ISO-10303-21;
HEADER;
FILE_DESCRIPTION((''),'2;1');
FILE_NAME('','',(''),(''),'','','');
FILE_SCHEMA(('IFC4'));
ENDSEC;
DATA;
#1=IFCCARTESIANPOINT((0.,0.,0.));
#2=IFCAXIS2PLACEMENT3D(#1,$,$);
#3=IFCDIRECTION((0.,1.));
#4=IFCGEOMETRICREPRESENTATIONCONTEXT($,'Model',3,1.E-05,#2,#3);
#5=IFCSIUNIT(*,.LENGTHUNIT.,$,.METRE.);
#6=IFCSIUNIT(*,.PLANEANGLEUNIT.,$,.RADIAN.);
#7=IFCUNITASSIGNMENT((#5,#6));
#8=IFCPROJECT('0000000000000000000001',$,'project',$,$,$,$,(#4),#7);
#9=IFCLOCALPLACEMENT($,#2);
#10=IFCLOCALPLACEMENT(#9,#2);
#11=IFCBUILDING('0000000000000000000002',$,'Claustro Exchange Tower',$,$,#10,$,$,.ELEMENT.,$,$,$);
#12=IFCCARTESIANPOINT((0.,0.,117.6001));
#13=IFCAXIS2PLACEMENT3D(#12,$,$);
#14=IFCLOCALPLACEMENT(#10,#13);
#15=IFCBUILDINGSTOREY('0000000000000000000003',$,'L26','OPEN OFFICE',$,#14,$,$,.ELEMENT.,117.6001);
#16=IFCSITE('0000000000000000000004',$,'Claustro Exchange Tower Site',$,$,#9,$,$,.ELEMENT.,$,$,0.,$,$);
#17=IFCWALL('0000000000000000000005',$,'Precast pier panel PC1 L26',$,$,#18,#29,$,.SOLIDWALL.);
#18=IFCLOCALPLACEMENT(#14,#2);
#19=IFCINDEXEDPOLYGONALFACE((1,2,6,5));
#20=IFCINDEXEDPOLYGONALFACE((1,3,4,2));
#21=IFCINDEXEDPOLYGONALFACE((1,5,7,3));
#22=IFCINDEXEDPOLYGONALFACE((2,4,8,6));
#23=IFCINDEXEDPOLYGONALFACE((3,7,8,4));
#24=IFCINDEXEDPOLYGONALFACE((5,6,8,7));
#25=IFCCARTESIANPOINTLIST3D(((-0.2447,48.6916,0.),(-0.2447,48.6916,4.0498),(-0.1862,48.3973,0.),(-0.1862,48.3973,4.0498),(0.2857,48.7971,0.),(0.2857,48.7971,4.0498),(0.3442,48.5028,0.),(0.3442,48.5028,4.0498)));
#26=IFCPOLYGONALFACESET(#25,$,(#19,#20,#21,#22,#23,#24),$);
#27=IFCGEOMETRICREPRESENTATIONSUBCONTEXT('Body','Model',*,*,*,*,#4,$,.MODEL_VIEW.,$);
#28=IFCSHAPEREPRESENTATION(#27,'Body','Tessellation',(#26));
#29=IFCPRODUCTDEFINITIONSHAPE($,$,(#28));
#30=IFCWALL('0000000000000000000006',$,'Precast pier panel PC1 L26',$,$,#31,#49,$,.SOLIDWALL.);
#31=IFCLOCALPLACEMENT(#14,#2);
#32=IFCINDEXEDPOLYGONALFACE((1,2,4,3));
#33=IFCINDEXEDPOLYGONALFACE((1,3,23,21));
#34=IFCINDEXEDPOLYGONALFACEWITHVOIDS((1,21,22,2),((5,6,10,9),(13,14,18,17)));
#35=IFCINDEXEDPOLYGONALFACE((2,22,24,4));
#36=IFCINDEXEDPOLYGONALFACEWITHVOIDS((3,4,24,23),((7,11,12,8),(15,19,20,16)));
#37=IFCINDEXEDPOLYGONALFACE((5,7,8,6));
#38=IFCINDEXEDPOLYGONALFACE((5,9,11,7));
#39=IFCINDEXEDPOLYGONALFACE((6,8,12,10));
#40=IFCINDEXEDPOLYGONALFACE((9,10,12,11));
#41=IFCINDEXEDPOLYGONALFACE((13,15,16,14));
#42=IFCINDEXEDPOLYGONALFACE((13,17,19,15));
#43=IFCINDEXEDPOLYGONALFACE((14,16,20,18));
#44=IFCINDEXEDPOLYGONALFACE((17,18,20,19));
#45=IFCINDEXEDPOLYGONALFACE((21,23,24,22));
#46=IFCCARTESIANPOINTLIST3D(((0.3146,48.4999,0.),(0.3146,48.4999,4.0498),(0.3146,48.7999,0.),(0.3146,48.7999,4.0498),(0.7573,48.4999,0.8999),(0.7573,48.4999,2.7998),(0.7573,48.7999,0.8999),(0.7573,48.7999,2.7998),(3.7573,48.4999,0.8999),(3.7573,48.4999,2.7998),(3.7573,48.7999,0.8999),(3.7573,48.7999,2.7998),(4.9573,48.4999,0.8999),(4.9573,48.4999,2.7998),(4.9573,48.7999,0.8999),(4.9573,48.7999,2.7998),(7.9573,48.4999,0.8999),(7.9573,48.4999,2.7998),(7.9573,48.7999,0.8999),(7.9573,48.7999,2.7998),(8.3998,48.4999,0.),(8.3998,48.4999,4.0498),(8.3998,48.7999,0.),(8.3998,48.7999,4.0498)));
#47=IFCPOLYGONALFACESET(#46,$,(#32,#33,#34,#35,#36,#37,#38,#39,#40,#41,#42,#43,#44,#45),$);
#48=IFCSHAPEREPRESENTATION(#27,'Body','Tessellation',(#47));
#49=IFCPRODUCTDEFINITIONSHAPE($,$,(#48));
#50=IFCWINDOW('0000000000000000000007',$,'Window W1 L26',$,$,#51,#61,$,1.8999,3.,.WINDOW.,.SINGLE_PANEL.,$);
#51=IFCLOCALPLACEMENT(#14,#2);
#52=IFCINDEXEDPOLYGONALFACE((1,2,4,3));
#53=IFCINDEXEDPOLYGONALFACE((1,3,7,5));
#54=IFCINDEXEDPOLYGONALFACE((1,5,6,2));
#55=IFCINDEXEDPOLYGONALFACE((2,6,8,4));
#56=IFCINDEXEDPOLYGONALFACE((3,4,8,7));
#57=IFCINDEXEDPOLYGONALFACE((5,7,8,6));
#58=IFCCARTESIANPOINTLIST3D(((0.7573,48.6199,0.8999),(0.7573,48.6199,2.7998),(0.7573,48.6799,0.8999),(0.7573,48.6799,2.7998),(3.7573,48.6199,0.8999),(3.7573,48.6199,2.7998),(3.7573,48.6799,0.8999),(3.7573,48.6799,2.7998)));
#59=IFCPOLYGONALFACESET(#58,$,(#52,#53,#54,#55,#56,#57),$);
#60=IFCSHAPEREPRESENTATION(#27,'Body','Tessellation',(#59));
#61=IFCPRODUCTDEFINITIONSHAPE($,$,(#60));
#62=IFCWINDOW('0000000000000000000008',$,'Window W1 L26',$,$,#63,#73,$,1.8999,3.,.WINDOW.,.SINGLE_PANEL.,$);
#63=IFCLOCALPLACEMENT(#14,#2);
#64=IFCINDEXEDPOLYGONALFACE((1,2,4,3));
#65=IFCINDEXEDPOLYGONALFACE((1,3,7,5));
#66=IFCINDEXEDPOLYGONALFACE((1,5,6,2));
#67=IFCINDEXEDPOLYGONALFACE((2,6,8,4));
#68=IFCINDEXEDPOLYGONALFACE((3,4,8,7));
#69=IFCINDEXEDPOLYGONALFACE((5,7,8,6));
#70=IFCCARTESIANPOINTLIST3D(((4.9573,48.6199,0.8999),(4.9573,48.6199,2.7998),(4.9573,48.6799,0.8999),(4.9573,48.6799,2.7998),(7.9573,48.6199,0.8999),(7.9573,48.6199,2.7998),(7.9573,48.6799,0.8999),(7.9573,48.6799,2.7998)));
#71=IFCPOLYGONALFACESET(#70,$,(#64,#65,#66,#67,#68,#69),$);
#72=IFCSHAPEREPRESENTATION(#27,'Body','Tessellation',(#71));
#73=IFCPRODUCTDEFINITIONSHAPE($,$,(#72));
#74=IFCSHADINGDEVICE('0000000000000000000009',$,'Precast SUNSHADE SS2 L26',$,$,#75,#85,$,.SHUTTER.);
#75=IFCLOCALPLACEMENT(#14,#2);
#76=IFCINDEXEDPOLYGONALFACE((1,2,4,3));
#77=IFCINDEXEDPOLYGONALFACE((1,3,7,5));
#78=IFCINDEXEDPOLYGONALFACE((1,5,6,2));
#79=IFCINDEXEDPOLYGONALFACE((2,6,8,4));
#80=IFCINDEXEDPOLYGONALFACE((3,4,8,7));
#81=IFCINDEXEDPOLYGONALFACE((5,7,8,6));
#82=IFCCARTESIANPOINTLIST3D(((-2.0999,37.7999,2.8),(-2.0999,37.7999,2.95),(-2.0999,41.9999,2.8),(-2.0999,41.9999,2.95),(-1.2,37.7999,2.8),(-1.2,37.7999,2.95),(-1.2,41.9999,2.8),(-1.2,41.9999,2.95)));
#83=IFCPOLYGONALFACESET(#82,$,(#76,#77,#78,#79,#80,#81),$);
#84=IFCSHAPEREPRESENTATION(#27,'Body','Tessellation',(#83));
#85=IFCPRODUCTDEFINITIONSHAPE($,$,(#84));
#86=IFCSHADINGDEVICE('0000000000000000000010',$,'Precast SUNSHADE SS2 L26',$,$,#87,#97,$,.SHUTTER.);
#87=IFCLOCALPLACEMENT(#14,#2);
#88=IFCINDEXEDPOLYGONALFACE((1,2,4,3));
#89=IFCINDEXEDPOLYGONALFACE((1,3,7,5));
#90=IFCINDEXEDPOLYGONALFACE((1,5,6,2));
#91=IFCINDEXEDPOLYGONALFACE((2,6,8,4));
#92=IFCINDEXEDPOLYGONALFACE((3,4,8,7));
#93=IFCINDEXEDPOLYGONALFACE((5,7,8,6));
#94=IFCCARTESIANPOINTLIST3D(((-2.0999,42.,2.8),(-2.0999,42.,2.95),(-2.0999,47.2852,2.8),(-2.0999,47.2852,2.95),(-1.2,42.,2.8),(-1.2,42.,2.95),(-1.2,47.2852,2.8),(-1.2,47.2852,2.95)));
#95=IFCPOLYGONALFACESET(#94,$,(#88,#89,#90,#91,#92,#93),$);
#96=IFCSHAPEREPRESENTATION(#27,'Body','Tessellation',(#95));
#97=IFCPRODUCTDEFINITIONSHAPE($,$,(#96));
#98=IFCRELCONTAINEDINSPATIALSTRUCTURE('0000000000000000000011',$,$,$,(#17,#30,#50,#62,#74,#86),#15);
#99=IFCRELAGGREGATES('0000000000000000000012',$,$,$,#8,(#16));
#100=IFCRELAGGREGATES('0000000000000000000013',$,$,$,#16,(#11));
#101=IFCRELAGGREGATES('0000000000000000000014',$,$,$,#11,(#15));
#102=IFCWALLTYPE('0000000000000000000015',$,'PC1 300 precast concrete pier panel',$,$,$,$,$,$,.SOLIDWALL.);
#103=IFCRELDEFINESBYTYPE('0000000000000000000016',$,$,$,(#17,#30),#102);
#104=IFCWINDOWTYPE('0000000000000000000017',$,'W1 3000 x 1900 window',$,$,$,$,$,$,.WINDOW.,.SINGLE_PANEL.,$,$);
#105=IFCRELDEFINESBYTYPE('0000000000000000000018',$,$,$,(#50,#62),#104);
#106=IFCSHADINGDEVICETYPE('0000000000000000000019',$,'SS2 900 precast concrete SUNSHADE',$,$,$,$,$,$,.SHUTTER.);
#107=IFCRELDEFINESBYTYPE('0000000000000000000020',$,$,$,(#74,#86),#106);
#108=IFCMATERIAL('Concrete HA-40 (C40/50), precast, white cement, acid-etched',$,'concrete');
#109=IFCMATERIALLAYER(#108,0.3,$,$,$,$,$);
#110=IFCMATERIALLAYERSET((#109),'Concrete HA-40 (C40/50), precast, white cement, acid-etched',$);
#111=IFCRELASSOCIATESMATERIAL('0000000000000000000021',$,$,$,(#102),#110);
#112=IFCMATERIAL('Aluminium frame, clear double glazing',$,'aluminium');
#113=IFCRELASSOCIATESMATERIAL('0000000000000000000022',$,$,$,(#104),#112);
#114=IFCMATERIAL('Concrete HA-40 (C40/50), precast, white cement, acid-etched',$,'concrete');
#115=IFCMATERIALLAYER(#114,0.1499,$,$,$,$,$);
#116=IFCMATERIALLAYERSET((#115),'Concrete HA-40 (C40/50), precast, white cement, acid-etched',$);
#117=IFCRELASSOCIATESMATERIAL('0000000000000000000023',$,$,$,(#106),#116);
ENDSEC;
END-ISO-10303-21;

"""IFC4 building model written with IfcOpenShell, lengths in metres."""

from ifc_helpers import new_model, si_unit, direction, frame, frame_2d, origin, origin_2d, place, context, subcontext, project, spatial, rectangle, extrude, material, layer, layer_set, type_object, element, fill, save


model = new_model("IFC4")

# Units and contexts
model_context = context("Model", 3, precision=1e-05, world=origin(), true_north=direction((0.0, 1.0)))
body_context = subcontext(model_context, "Body", "Model", "MODEL_VIEW")
ifc_project = project(units=[si_unit("LENGTHUNIT", "METRE"), si_unit("PLANEANGLEUNIT", "RADIAN")], contexts=[model_context])

# Site, building, storey
site_placement = place(None, origin())
site = spatial("IfcSite", under=ifc_project, at=site_placement, Name="Claustro Exchange Tower Site", CompositionType="ELEMENT", RefElevation=0.0)
building_placement = place(site_placement, origin())
building = spatial("IfcBuilding", under=site, at=building_placement, Name="Claustro Exchange Tower", CompositionType="ELEMENT")
storey_placement = place(building_placement, frame((0.0, 0.0, 117.6001)))
storey = spatial("IfcBuildingStorey", under=building, at=storey_placement, Name="L26", Description="OPEN OFFICE", CompositionType="ELEMENT", Elevation=117.6001)

# Shared definitions
ifc_material_1 = material(Name="Concrete HA-40 (C40/50), precast, white cement, acid-etched", Category="concrete")
ifc_layer_1 = layer(ifc_material_1, 0.3)
ifc_layer_set_1 = layer_set([ifc_layer_1], Name="Concrete HA-40 (C40/50), precast, white cement, acid-etched")
wall_type_1 = type_object("IfcWallType", Name="PC1 300 precast concrete pier panel", PredefinedType="SOLIDWALL", material=ifc_layer_set_1)

# Wall
wall_1_placement = place(storey_placement, frame((-0.2156, 48.5444, 0.0), z_axis=(0.0, 0.0, 1.0), x_axis=(0.980789, 0.195074, 0.0)))
element("IfcWall", 1, at=wall_1_placement, inside=storey, type_object=wall_type_1, Name="Precast pier panel PC1 L26", PredefinedType="SOLIDWALL", context=body_context, shape_type="SweptSolid", body=[
    extrude(rectangle(XDim=0.5408, YDim=0.3, at=frame_2d((0.2705, 0.0))), origin(), (0.0, 0.0, 1.0), 4.0498),
])

# Wall, openings, windows
wall_2_placement = place(storey_placement, frame((0.3147, 48.6499, 0.0), z_axis=(0.0, 0.0, 1.0), x_axis=(1.0, 0.0, 0.0)))
wall_2 = element("IfcWall", 2, at=wall_2_placement, inside=storey, type_object=wall_type_1, Name="Precast pier panel PC1 L26", PredefinedType="SOLIDWALL", context=body_context, shape_type="SweptSolid", body=[
    extrude(rectangle(XDim=8.0852, YDim=0.3, at=frame_2d((4.0425, 0.0))), origin(), (0.0, 0.0, 1.0), 4.0498),
])
opening_1_placement = place(wall_2_placement, frame((0.4426, 0.0, 0.8999)))
opening_1 = element("IfcOpeningElement", 3, at=opening_1_placement, cuts=wall_2, PredefinedType="OPENING", context=body_context, shape_type="SweptSolid", body=[
    extrude(rectangle(XDim=3.0, YDim=1.8999, at=frame_2d((1.5, 0.95))), frame((0.0, 0.1599, 0.0), z_axis=(0.0, -1.0, 0.0), x_axis=(1.0, 0.0, 0.0)), (0.0, 0.0, 1.0), 0.3201),
])
opening_2_placement = place(wall_2_placement, frame((4.6426, 0.0, 0.8999)))
opening_2 = element("IfcOpeningElement", 4, at=opening_2_placement, cuts=wall_2, PredefinedType="OPENING", context=body_context, shape_type="SweptSolid", body=[
    extrude(rectangle(XDim=3.0, YDim=1.8999, at=frame_2d((1.5, 0.95))), frame((0.0, 0.1599, 0.0), z_axis=(0.0, -1.0, 0.0), x_axis=(1.0, 0.0, 0.0)), (0.0, 0.0, 1.0), 0.3201),
])
ifc_material_2 = material(Name="Aluminium frame, clear double glazing", Category="aluminium")
window_type_1 = type_object("IfcWindowType", Name="W1 3000 x 1900 window", PartitioningType="SINGLE_PANEL", PredefinedType="WINDOW", material=ifc_material_2)
window_1_placement = place(opening_1_placement, origin())
window_1 = element("IfcWindow", 5, at=window_1_placement, inside=storey, type_object=window_type_1, Name="Window W1 L26", OverallHeight=1.8999, OverallWidth=3.0, PartitioningType="SINGLE_PANEL", PredefinedType="WINDOW", context=body_context, shape_type="SweptSolid", body=[
    extrude(rectangle(XDim=3.0, YDim=1.8999, at=frame_2d((1.5, 0.95))), frame((0.0, 0.03, 0.0), z_axis=(0.0, -1.0, 0.0), x_axis=(1.0, 0.0, 0.0)), (0.0, 0.0, 1.0), 0.0601),
])
fill(opening_1, window_1)
window_2_placement = place(opening_2_placement, origin())
window_2 = element("IfcWindow", 6, at=window_2_placement, inside=storey, type_object=window_type_1, Name="Window W1 L26", OverallHeight=1.8999, OverallWidth=3.0, PartitioningType="SINGLE_PANEL", PredefinedType="WINDOW", context=body_context, shape_type="SweptSolid", body=[
    extrude(rectangle(XDim=3.0, YDim=1.8999, at=frame_2d((1.5, 0.95))), frame((0.0, 0.03, 0.0), z_axis=(0.0, -1.0, 0.0), x_axis=(1.0, 0.0, 0.0)), (0.0, 0.0, 1.0), 0.0601),
])
fill(opening_2, window_2)

# Shading devices
ifc_material_3 = material(Name="Concrete HA-40 (C40/50), precast, white cement, acid-etched", Category="concrete")
ifc_layer_2 = layer(ifc_material_3, 0.1499)
ifc_layer_set_2 = layer_set([ifc_layer_2], Name="Concrete HA-40 (C40/50), precast, white cement, acid-etched")
shading_device_type = type_object("IfcShadingDeviceType", Name="SS2 900 precast concrete SUNSHADE", PredefinedType="SHUTTER", material=ifc_layer_set_2)
shading_device_1_placement = place(storey_placement, frame((-1.6499, 39.8999, 2.8), z_axis=(0.0, 0.0, 1.0), x_axis=(0.0, 1.0, 0.0)))
element("IfcShadingDevice", 7, at=shading_device_1_placement, inside=storey, type_object=shading_device_type, Name="Precast SUNSHADE SS2 L26", PredefinedType="SHUTTER", context=body_context, shape_type="SweptSolid", body=[
    extrude(rectangle(XDim=4.2, YDim=0.8999, at=origin_2d()), origin(), (0.0, 0.0, 1.0), 0.1499),
])
shading_device_2_placement = place(storey_placement, frame((-1.6499, 44.6426, 2.8), z_axis=(0.0, 0.0, 1.0), x_axis=(0.0, 1.0, 0.0)))
element("IfcShadingDevice", 8, at=shading_device_2_placement, inside=storey, type_object=shading_device_type, Name="Precast SUNSHADE SS2 L26", PredefinedType="SHUTTER", context=body_context, shape_type="SweptSolid", body=[
    extrude(rectangle(XDim=5.2852, YDim=0.8999, at=origin_2d()), origin(), (0.0, 0.0, 1.0), 0.1499),
])

save(model, "model.ifc")
